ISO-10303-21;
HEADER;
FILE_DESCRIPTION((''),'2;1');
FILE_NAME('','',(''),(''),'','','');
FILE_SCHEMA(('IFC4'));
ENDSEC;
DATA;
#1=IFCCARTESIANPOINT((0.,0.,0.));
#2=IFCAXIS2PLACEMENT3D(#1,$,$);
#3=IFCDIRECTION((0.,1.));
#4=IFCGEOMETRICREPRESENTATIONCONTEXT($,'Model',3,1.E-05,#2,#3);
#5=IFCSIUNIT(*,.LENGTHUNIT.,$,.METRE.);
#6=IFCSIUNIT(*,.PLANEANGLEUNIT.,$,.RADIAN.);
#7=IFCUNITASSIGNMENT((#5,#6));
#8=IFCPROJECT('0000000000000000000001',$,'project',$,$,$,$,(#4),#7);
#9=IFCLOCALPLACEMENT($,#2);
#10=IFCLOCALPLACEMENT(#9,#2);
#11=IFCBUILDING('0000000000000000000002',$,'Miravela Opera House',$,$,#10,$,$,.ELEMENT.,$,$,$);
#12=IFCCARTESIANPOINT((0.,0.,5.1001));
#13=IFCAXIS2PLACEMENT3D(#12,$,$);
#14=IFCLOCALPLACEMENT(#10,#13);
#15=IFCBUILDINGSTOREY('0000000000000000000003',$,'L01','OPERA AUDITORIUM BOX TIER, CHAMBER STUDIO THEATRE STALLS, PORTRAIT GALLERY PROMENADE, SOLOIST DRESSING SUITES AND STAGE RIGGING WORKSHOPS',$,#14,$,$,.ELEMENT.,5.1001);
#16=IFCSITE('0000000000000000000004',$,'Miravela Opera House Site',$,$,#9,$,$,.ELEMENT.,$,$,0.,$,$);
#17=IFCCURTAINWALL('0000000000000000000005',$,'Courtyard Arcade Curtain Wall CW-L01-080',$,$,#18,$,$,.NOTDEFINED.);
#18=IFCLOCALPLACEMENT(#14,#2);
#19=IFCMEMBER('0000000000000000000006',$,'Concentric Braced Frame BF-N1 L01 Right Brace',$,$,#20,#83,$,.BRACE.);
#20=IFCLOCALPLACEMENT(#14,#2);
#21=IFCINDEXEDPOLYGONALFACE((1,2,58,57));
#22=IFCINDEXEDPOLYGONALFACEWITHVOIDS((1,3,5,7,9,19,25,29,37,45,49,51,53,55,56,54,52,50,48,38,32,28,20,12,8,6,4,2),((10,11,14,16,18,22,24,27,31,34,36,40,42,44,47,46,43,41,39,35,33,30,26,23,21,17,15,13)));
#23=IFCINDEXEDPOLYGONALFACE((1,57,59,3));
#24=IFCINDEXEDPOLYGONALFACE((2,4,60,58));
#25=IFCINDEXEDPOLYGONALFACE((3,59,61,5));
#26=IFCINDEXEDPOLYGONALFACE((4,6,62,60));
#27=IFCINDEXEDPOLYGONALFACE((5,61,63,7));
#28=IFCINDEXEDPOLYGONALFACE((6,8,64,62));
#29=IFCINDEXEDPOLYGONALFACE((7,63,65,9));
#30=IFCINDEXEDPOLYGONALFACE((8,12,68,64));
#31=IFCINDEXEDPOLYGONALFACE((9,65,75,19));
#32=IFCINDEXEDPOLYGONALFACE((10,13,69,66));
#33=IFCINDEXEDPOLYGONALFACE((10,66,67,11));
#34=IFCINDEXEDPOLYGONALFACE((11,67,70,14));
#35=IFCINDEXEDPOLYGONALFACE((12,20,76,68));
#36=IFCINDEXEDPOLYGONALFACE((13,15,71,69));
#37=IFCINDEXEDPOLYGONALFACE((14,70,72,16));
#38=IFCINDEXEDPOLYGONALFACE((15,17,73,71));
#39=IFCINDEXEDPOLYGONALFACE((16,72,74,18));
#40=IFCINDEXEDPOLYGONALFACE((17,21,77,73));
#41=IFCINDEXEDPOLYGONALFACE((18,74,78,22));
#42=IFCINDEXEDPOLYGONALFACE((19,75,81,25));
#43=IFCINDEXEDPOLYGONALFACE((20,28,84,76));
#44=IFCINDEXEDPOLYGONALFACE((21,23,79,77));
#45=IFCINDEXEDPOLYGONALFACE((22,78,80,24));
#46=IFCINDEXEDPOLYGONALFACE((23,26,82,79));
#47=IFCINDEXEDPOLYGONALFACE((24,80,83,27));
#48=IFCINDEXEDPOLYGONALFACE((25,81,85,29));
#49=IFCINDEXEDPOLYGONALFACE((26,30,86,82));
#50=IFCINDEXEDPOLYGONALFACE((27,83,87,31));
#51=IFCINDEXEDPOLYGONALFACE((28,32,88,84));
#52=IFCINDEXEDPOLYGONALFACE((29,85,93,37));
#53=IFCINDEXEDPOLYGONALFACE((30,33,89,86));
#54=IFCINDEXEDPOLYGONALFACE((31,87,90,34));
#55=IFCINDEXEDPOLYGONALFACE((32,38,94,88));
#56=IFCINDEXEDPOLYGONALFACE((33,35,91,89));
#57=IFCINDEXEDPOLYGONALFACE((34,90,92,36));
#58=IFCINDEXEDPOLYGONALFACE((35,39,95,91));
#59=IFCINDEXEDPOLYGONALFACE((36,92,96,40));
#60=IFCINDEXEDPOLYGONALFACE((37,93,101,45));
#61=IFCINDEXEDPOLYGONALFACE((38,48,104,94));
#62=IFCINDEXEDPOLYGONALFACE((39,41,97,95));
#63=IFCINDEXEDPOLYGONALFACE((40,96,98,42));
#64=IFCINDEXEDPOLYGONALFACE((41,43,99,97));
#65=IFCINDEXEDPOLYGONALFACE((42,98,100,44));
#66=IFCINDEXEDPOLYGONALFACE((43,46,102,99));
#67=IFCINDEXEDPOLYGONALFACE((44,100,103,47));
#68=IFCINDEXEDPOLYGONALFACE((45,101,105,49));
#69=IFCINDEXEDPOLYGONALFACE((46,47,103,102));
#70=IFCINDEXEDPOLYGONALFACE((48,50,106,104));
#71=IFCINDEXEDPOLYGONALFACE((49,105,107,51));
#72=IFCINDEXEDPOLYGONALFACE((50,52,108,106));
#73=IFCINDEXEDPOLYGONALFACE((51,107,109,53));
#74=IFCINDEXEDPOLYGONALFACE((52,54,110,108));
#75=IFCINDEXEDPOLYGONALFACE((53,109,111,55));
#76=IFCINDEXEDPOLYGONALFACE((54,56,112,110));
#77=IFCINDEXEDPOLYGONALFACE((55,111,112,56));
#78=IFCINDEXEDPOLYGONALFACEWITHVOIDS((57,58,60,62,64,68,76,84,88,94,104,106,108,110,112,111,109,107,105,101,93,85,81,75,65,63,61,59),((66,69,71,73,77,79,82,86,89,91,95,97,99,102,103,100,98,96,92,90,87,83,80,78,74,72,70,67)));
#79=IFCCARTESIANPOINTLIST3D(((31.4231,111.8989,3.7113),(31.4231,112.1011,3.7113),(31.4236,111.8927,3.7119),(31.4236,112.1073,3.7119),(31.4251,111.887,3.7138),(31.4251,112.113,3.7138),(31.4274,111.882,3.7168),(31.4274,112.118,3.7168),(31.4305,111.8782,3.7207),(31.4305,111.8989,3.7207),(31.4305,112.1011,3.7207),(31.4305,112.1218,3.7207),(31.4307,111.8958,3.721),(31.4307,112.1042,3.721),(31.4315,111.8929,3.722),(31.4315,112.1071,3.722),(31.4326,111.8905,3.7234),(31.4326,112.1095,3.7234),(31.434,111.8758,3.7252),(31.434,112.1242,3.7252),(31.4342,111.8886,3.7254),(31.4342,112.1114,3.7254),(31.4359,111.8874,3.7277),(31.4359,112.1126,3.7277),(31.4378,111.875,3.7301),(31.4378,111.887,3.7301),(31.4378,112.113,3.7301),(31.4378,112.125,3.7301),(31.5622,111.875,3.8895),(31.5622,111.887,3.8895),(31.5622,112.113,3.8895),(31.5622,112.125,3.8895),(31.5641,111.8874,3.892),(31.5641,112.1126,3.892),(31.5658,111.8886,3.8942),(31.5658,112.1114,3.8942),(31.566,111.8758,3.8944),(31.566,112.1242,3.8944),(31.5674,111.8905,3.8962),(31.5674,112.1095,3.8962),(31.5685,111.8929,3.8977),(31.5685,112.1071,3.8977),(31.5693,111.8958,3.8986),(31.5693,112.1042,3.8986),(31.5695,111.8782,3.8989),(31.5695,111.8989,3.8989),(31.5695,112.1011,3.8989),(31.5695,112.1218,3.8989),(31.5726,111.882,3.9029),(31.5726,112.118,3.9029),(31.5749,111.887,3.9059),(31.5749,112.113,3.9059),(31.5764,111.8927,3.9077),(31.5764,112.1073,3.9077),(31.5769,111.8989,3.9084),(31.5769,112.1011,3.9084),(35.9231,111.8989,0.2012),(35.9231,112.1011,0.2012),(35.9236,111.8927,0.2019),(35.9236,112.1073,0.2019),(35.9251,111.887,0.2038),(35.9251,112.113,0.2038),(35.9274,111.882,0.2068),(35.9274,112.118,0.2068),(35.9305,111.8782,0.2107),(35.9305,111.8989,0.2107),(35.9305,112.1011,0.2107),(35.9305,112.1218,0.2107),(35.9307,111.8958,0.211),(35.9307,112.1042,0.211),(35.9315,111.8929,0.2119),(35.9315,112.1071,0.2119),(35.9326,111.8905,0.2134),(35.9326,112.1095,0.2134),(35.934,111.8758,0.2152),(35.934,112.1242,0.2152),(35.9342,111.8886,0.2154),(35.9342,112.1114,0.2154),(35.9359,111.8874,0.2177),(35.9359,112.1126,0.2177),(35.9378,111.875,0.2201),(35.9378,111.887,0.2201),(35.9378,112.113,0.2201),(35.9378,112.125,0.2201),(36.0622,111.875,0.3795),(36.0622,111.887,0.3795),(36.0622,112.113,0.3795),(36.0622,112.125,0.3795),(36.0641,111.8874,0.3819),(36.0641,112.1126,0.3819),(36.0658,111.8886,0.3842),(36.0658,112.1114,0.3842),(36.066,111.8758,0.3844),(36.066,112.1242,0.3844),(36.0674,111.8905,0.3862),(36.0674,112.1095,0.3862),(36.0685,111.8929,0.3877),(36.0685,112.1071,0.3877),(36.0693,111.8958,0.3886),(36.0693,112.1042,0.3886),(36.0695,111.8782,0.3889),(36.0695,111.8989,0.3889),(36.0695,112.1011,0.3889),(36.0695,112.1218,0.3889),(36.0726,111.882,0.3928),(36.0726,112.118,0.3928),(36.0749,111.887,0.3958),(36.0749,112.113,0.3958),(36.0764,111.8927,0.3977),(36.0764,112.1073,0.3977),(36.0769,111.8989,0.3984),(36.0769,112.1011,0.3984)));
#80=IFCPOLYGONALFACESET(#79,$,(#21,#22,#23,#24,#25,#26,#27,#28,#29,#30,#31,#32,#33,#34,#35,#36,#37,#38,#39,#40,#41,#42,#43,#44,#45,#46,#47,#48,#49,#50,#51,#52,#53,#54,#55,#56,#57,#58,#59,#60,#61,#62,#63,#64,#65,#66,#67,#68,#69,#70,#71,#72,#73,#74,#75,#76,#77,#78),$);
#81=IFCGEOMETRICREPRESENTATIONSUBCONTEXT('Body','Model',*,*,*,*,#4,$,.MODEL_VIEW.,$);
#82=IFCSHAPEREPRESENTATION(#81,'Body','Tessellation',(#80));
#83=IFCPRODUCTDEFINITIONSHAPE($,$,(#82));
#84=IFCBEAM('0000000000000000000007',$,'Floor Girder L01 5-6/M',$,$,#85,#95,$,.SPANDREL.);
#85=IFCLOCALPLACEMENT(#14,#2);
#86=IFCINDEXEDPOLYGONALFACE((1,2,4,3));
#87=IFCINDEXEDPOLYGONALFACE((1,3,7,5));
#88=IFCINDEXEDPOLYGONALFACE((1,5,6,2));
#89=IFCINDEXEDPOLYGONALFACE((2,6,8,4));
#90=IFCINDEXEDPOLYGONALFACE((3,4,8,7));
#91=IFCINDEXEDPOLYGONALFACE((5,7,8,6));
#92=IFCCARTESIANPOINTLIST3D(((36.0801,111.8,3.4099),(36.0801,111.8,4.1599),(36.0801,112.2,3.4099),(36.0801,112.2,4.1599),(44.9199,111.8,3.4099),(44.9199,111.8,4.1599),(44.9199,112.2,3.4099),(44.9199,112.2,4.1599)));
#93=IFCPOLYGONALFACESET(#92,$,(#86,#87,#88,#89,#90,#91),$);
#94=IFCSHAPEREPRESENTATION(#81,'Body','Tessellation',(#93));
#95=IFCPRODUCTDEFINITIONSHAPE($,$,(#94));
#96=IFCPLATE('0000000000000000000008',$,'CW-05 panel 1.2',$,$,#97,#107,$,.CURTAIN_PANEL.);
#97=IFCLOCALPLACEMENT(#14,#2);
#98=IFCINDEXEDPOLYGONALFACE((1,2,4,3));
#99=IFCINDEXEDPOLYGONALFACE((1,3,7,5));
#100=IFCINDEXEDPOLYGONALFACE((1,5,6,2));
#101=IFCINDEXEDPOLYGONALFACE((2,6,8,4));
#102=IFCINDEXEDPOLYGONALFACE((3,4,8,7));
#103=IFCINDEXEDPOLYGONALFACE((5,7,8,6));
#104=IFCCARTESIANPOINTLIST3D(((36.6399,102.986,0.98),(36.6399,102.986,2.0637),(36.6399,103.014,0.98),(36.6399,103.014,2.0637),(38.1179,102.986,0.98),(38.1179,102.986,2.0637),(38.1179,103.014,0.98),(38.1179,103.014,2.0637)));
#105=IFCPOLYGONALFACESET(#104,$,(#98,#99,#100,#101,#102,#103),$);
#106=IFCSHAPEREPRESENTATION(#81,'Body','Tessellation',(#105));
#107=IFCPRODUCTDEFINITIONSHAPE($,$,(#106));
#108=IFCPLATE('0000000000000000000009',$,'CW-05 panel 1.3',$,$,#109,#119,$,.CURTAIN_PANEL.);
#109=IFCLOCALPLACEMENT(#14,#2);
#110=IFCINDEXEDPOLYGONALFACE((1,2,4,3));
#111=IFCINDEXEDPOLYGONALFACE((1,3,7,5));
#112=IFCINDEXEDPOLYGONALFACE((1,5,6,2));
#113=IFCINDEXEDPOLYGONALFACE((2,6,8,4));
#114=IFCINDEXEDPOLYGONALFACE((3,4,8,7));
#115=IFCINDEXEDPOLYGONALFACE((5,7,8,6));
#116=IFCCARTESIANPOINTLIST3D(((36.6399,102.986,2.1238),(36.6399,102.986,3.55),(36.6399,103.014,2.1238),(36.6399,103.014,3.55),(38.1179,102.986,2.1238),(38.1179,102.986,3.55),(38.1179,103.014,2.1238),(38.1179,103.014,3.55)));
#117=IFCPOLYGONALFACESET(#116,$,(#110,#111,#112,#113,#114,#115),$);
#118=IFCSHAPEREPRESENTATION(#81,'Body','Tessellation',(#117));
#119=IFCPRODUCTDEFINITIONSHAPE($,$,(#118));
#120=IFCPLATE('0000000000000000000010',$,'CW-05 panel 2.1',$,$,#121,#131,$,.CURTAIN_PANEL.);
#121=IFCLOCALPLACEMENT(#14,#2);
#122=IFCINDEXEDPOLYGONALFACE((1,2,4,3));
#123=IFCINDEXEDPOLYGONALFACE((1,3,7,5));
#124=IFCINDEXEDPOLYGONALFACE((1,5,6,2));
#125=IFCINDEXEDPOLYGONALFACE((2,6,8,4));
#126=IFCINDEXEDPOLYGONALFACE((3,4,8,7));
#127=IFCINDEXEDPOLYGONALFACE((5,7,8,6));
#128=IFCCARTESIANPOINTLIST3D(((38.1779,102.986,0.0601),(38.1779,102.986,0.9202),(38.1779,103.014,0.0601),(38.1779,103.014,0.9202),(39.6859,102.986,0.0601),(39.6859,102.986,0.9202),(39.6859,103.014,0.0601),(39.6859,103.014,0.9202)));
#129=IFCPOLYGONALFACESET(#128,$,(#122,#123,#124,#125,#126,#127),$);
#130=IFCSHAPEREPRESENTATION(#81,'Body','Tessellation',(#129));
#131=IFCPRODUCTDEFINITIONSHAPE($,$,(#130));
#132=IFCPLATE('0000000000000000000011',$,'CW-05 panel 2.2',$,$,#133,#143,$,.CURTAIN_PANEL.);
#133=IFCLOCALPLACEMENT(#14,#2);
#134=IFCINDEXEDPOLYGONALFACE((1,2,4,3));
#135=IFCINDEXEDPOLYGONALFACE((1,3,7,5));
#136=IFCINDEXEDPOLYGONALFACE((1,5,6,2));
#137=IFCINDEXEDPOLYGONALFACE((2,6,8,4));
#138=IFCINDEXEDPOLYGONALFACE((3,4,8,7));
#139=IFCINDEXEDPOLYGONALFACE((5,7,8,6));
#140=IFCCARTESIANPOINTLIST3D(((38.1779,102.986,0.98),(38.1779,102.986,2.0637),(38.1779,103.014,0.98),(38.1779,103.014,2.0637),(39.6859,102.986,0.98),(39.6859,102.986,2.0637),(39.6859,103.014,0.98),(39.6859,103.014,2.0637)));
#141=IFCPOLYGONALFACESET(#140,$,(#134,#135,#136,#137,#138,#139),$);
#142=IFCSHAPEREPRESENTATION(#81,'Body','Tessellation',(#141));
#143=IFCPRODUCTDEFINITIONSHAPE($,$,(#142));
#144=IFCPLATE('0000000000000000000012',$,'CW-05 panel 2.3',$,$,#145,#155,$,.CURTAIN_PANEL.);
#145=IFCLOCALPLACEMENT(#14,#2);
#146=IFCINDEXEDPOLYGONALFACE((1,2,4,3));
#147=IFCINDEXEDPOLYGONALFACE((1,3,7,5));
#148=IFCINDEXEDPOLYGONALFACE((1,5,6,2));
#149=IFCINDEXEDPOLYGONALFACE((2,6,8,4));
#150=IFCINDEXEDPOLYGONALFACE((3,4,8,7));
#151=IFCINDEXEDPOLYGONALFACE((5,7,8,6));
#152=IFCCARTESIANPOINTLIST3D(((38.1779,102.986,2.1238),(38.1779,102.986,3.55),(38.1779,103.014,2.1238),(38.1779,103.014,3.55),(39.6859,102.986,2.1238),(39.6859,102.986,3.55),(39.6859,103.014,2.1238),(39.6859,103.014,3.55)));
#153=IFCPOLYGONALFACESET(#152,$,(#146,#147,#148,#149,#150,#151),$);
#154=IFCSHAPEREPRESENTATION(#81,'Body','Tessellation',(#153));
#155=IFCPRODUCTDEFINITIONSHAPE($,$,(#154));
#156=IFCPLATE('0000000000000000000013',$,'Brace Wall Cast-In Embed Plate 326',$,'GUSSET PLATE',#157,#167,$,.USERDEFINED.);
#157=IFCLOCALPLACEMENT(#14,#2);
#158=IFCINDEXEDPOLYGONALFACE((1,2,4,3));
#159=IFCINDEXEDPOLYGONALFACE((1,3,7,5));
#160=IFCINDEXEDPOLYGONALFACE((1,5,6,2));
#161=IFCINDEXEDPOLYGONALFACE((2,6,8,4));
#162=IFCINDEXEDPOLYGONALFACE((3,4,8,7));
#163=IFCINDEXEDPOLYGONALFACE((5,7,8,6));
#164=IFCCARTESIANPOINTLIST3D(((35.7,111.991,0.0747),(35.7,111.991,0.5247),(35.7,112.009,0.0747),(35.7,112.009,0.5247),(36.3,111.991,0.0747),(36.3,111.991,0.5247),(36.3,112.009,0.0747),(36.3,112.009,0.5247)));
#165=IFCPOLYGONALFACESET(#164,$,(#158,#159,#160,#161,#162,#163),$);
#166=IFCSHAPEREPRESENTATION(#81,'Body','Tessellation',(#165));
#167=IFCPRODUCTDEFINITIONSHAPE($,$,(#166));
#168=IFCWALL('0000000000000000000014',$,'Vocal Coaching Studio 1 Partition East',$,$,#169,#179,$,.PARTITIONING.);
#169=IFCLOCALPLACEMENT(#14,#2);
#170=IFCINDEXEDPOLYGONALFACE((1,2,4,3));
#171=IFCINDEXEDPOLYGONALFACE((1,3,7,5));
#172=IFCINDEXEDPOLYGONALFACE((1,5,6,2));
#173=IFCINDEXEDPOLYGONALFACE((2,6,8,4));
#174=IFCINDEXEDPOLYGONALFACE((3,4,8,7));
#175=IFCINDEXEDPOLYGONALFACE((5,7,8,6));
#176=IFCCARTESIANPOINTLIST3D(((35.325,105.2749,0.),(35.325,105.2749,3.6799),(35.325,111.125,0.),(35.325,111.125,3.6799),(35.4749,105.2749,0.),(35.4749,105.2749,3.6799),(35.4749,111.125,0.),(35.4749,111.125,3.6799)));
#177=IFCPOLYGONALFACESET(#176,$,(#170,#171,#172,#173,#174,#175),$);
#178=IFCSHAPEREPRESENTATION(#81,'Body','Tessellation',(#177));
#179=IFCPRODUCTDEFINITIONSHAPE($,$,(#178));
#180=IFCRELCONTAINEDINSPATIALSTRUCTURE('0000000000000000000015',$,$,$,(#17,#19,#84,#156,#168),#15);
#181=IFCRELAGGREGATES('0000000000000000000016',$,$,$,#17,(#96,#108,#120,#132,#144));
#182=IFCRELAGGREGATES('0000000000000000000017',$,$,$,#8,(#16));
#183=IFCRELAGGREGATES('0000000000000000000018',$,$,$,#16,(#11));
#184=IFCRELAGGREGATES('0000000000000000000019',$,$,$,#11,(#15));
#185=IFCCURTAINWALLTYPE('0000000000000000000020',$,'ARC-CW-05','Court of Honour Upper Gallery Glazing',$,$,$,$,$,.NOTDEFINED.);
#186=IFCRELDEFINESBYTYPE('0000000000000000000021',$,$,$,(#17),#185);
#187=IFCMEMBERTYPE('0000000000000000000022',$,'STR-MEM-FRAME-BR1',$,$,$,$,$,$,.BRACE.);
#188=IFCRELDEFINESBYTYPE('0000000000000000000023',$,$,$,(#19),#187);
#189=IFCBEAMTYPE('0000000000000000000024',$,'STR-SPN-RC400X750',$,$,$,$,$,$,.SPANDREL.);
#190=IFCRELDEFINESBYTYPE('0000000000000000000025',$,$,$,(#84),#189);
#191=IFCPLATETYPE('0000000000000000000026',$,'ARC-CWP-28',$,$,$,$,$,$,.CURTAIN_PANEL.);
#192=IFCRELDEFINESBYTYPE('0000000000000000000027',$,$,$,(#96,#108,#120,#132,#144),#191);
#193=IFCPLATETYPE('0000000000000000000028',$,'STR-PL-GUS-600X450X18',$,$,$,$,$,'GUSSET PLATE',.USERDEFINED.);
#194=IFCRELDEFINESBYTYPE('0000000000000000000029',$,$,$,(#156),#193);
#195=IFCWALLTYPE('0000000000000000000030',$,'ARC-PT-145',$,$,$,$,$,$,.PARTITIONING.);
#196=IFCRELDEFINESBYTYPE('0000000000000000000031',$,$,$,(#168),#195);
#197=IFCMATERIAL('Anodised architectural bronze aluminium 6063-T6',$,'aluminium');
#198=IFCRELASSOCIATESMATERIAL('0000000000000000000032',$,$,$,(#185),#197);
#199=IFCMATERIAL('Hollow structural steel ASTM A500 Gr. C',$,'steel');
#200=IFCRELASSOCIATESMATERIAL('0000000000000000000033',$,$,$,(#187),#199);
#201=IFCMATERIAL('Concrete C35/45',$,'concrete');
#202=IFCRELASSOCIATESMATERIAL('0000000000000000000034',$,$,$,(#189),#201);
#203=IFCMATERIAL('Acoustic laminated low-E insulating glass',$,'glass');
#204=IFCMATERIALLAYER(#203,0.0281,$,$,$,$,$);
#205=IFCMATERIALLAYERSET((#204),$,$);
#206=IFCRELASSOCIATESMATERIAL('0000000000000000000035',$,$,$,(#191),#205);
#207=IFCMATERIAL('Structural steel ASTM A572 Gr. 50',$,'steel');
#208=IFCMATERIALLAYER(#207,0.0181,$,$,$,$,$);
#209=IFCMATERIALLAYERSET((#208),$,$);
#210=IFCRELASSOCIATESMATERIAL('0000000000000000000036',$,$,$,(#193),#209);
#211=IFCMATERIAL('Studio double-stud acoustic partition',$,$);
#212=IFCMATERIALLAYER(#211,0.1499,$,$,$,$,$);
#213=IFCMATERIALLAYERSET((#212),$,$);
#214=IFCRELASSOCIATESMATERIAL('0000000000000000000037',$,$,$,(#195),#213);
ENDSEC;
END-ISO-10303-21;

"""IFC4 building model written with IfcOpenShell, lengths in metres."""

from ifc_helpers import new_model, si_unit, direction, frame, frame_2d, origin, origin_2d, place, context, subcontext, project, spatial, rectangle, hollow_rectangle, extrude, material, layer, layer_set, material_profile, profile_set, type_object, element, aggregate, save


model = new_model("IFC4")

# Units and contexts
model_context = context("Model", 3, precision=1e-05, world=origin(), true_north=direction((0.0, 1.0)))
body_context = subcontext(model_context, "Body", "Model", "MODEL_VIEW")
ifc_project = project(units=[si_unit("LENGTHUNIT", "METRE"), si_unit("PLANEANGLEUNIT", "RADIAN")], contexts=[model_context])

# Site, building, storey
site_placement = place(None, origin())
site = spatial("IfcSite", under=ifc_project, at=site_placement, Name="Miravela Opera House Site", CompositionType="ELEMENT", RefElevation=0.0)
building_placement = place(site_placement, origin())
building = spatial("IfcBuilding", under=site, at=building_placement, Name="Miravela Opera House", CompositionType="ELEMENT")
storey_placement = place(building_placement, frame((0.0, 0.0, 5.1001)))
storey = spatial("IfcBuildingStorey", under=building, at=storey_placement, Name="L01", Description="OPERA AUDITORIUM BOX TIER, CHAMBER STUDIO THEATRE STALLS, PORTRAIT GALLERY PROMENADE, SOLOIST DRESSING SUITES AND STAGE RIGGING WORKSHOPS", CompositionType="ELEMENT", Elevation=5.1001)

# Shared definitions
ifc_material_1 = material(Name="Concrete C35/45", Category="concrete")

# Curtain wall
ifc_material_2 = material(Name="Anodised architectural bronze aluminium 6063-T6", Category="aluminium")
curtain_wall_type = type_object("IfcCurtainWallType", Name="ARC-CW-05", Description="Court of Honour Upper Gallery Glazing", PredefinedType="NOTDEFINED", material=ifc_material_2)
curtain_wall_placement = place(storey_placement, origin())
curtain_wall = element("IfcCurtainWall", 1, at=curtain_wall_placement, inside=storey, type_object=curtain_wall_type, Name="Courtyard Arcade Curtain Wall CW-L01-080", PredefinedType="NOTDEFINED")

# Member
ifc_material_3 = material(Name="Hollow structural steel ASTM A500 Gr. C", Category="steel")
ifc_material_profile_1 = material_profile(ifc_material_3, hollow_rectangle(XDim=0.25, YDim=0.25, WallThickness=0.012, InnerFilletRadius=0.012, OuterFilletRadius=0.0239, at=origin_2d()), Name="HSS250X250X12")
ifc_profile_set_1 = profile_set([ifc_material_profile_1])
member_type_1 = type_object("IfcMemberType", Name="STR-MEM-FRAME-BR1", PredefinedType="BRACE", material=ifc_profile_set_1)
member_1_placement = place(storey_placement, frame((36.0, 112.0, 0.2998), z_axis=(-0.788501, 0.0, 0.615033), x_axis=(0.0, -1.0, 0.0)))
element("IfcMember", 2, at=member_1_placement, inside=storey, type_object=member_type_1, Name="Concentric Braced Frame BF-N1 L01 Right Brace", PredefinedType="BRACE", context=body_context, shape_type="SweptSolid", body=[
    extrude(hollow_rectangle(XDim=0.25, YDim=0.25, WallThickness=0.012, InnerFilletRadius=0.012, OuterFilletRadius=0.0239, at=origin_2d()), origin(), (0.0, 0.0, 1.0), 5.707),
])

# Beam
ifc_material_profile_2 = material_profile(ifc_material_1, rectangle(XDim=0.3999, YDim=0.75, at=origin_2d()), Name="RC-SPN-400X750")
ifc_profile_set_2 = profile_set([ifc_material_profile_2])
beam_type_1 = type_object("IfcBeamType", Name="STR-SPN-RC400X750", PredefinedType="SPANDREL", material=ifc_profile_set_2)
beam_1_placement = place(storey_placement, frame((36.0801, 112.0, 3.7849), z_axis=(1.0, 0.0, 0.0), x_axis=(0.0, 1.0, 0.0)))
element("IfcBeam", 3, at=beam_1_placement, inside=storey, type_object=beam_type_1, Name="Floor Girder L01 5-6/M", PredefinedType="SPANDREL", context=body_context, shape_type="SweptSolid", body=[
    extrude(rectangle(XDim=0.3999, YDim=0.75, at=origin_2d()), origin(), (0.0, 0.0, 1.0), 8.8398),
])

# Plates
ifc_material_4 = material(Name="Acoustic laminated low-E insulating glass", Category="glass")
ifc_layer_1 = layer(ifc_material_4, 0.0281)
ifc_layer_set_1 = layer_set([ifc_layer_1])
plate_type_1 = type_object("IfcPlateType", Name="ARC-CWP-28", PredefinedType="CURTAIN_PANEL", material=ifc_layer_set_1)
plate_1_placement = place(storey_placement, frame((37.3789, 103.0, 0.98), z_axis=(0.0, 0.0, 1.0), x_axis=(1.0, 0.0, 0.0)))
plate_1 = element("IfcPlate", 4, at=plate_1_placement, type_object=plate_type_1, Name="CW-05 panel 1.2", PredefinedType="CURTAIN_PANEL", context=body_context, shape_type="SweptSolid", body=[
    extrude(rectangle(XDim=1.478, YDim=0.0281, at=origin_2d()), origin(), (0.0, 0.0, 1.0), 1.0837),
])
plate_2_placement = place(storey_placement, frame((37.3789, 103.0, 2.1238), z_axis=(0.0, 0.0, 1.0), x_axis=(1.0, 0.0, 0.0)))
plate_2 = element("IfcPlate", 5, at=plate_2_placement, type_object=plate_type_1, Name="CW-05 panel 1.3", PredefinedType="CURTAIN_PANEL", context=body_context, shape_type="SweptSolid", body=[
    extrude(rectangle(XDim=1.478, YDim=0.0281, at=origin_2d()), origin(), (0.0, 0.0, 1.0), 1.4263),
])
plate_3_placement = place(storey_placement, frame((38.9319, 103.0, 0.0601), z_axis=(0.0, 0.0, 1.0), x_axis=(1.0, 0.0, 0.0)))
plate_3 = element("IfcPlate", 6, at=plate_3_placement, type_object=plate_type_1, Name="CW-05 panel 2.1", PredefinedType="CURTAIN_PANEL", context=body_context, shape_type="SweptSolid", body=[
    extrude(rectangle(XDim=1.5081, YDim=0.0281, at=origin_2d()), origin(), (0.0, 0.0, 1.0), 0.8601),
])
plate_4_placement = place(storey_placement, frame((38.9319, 103.0, 0.98), z_axis=(0.0, 0.0, 1.0), x_axis=(1.0, 0.0, 0.0)))
plate_4 = element("IfcPlate", 7, at=plate_4_placement, type_object=plate_type_1, Name="CW-05 panel 2.2", PredefinedType="CURTAIN_PANEL", context=body_context, shape_type="SweptSolid", body=[
    extrude(rectangle(XDim=1.5081, YDim=0.0281, at=origin_2d()), origin(), (0.0, 0.0, 1.0), 1.0837),
])
plate_5_placement = place(storey_placement, frame((38.9319, 103.0, 2.1238), z_axis=(0.0, 0.0, 1.0), x_axis=(1.0, 0.0, 0.0)))
plate_5 = element("IfcPlate", 8, at=plate_5_placement, type_object=plate_type_1, Name="CW-05 panel 2.3", PredefinedType="CURTAIN_PANEL", context=body_context, shape_type="SweptSolid", body=[
    extrude(rectangle(XDim=1.5081, YDim=0.0281, at=origin_2d()), origin(), (0.0, 0.0, 1.0), 1.4263),
])
aggregate(curtain_wall, [plate_1, plate_2, plate_3, plate_4, plate_5])
ifc_material_5 = material(Name="Structural steel ASTM A572 Gr. 50", Category="steel")
ifc_layer_2 = layer(ifc_material_5, 0.0181)
ifc_layer_set_2 = layer_set([ifc_layer_2])
plate_type_2 = type_object("IfcPlateType", Name="STR-PL-GUS-600X450X18", ElementType="GUSSET PLATE", PredefinedType="USERDEFINED", material=ifc_layer_set_2)
plate_6_placement = place(storey_placement, frame((36.0, 112.0, 0.0747), z_axis=(0.0, 0.0, 1.0), x_axis=(1.0, 0.0, 0.0)))
element("IfcPlate", 9, at=plate_6_placement, inside=storey, type_object=plate_type_2, Name="Brace Wall Cast-In Embed Plate 326", ObjectType="GUSSET PLATE", PredefinedType="USERDEFINED", context=body_context, shape_type="SweptSolid", body=[
    extrude(rectangle(XDim=0.6001, YDim=0.0181, at=origin_2d()), origin(), (0.0, 0.0, 1.0), 0.45),
])

# Wall
ifc_material_6 = material(Name="Studio double-stud acoustic partition")
ifc_layer_3 = layer(ifc_material_6, 0.1499)
ifc_layer_set_3 = layer_set([ifc_layer_3])
wall_type_1 = type_object("IfcWallType", Name="ARC-PT-145", PredefinedType="PARTITIONING", material=ifc_layer_set_3)
wall_1_placement = place(storey_placement, frame((35.3999, 105.2749, 0.0), z_axis=(0.0, 0.0, 1.0), x_axis=(0.0, 1.0, 0.0)))
element("IfcWall", 10, at=wall_1_placement, inside=storey, type_object=wall_type_1, Name="Vocal Coaching Studio 1 Partition East", PredefinedType="PARTITIONING", context=body_context, shape_type="SweptSolid", body=[
    extrude(rectangle(XDim=5.8501, YDim=0.1499, at=frame_2d((2.925, 0.0))), origin(), (0.0, 0.0, 1.0), 3.6799),
])

save(model, "model.ifc")
